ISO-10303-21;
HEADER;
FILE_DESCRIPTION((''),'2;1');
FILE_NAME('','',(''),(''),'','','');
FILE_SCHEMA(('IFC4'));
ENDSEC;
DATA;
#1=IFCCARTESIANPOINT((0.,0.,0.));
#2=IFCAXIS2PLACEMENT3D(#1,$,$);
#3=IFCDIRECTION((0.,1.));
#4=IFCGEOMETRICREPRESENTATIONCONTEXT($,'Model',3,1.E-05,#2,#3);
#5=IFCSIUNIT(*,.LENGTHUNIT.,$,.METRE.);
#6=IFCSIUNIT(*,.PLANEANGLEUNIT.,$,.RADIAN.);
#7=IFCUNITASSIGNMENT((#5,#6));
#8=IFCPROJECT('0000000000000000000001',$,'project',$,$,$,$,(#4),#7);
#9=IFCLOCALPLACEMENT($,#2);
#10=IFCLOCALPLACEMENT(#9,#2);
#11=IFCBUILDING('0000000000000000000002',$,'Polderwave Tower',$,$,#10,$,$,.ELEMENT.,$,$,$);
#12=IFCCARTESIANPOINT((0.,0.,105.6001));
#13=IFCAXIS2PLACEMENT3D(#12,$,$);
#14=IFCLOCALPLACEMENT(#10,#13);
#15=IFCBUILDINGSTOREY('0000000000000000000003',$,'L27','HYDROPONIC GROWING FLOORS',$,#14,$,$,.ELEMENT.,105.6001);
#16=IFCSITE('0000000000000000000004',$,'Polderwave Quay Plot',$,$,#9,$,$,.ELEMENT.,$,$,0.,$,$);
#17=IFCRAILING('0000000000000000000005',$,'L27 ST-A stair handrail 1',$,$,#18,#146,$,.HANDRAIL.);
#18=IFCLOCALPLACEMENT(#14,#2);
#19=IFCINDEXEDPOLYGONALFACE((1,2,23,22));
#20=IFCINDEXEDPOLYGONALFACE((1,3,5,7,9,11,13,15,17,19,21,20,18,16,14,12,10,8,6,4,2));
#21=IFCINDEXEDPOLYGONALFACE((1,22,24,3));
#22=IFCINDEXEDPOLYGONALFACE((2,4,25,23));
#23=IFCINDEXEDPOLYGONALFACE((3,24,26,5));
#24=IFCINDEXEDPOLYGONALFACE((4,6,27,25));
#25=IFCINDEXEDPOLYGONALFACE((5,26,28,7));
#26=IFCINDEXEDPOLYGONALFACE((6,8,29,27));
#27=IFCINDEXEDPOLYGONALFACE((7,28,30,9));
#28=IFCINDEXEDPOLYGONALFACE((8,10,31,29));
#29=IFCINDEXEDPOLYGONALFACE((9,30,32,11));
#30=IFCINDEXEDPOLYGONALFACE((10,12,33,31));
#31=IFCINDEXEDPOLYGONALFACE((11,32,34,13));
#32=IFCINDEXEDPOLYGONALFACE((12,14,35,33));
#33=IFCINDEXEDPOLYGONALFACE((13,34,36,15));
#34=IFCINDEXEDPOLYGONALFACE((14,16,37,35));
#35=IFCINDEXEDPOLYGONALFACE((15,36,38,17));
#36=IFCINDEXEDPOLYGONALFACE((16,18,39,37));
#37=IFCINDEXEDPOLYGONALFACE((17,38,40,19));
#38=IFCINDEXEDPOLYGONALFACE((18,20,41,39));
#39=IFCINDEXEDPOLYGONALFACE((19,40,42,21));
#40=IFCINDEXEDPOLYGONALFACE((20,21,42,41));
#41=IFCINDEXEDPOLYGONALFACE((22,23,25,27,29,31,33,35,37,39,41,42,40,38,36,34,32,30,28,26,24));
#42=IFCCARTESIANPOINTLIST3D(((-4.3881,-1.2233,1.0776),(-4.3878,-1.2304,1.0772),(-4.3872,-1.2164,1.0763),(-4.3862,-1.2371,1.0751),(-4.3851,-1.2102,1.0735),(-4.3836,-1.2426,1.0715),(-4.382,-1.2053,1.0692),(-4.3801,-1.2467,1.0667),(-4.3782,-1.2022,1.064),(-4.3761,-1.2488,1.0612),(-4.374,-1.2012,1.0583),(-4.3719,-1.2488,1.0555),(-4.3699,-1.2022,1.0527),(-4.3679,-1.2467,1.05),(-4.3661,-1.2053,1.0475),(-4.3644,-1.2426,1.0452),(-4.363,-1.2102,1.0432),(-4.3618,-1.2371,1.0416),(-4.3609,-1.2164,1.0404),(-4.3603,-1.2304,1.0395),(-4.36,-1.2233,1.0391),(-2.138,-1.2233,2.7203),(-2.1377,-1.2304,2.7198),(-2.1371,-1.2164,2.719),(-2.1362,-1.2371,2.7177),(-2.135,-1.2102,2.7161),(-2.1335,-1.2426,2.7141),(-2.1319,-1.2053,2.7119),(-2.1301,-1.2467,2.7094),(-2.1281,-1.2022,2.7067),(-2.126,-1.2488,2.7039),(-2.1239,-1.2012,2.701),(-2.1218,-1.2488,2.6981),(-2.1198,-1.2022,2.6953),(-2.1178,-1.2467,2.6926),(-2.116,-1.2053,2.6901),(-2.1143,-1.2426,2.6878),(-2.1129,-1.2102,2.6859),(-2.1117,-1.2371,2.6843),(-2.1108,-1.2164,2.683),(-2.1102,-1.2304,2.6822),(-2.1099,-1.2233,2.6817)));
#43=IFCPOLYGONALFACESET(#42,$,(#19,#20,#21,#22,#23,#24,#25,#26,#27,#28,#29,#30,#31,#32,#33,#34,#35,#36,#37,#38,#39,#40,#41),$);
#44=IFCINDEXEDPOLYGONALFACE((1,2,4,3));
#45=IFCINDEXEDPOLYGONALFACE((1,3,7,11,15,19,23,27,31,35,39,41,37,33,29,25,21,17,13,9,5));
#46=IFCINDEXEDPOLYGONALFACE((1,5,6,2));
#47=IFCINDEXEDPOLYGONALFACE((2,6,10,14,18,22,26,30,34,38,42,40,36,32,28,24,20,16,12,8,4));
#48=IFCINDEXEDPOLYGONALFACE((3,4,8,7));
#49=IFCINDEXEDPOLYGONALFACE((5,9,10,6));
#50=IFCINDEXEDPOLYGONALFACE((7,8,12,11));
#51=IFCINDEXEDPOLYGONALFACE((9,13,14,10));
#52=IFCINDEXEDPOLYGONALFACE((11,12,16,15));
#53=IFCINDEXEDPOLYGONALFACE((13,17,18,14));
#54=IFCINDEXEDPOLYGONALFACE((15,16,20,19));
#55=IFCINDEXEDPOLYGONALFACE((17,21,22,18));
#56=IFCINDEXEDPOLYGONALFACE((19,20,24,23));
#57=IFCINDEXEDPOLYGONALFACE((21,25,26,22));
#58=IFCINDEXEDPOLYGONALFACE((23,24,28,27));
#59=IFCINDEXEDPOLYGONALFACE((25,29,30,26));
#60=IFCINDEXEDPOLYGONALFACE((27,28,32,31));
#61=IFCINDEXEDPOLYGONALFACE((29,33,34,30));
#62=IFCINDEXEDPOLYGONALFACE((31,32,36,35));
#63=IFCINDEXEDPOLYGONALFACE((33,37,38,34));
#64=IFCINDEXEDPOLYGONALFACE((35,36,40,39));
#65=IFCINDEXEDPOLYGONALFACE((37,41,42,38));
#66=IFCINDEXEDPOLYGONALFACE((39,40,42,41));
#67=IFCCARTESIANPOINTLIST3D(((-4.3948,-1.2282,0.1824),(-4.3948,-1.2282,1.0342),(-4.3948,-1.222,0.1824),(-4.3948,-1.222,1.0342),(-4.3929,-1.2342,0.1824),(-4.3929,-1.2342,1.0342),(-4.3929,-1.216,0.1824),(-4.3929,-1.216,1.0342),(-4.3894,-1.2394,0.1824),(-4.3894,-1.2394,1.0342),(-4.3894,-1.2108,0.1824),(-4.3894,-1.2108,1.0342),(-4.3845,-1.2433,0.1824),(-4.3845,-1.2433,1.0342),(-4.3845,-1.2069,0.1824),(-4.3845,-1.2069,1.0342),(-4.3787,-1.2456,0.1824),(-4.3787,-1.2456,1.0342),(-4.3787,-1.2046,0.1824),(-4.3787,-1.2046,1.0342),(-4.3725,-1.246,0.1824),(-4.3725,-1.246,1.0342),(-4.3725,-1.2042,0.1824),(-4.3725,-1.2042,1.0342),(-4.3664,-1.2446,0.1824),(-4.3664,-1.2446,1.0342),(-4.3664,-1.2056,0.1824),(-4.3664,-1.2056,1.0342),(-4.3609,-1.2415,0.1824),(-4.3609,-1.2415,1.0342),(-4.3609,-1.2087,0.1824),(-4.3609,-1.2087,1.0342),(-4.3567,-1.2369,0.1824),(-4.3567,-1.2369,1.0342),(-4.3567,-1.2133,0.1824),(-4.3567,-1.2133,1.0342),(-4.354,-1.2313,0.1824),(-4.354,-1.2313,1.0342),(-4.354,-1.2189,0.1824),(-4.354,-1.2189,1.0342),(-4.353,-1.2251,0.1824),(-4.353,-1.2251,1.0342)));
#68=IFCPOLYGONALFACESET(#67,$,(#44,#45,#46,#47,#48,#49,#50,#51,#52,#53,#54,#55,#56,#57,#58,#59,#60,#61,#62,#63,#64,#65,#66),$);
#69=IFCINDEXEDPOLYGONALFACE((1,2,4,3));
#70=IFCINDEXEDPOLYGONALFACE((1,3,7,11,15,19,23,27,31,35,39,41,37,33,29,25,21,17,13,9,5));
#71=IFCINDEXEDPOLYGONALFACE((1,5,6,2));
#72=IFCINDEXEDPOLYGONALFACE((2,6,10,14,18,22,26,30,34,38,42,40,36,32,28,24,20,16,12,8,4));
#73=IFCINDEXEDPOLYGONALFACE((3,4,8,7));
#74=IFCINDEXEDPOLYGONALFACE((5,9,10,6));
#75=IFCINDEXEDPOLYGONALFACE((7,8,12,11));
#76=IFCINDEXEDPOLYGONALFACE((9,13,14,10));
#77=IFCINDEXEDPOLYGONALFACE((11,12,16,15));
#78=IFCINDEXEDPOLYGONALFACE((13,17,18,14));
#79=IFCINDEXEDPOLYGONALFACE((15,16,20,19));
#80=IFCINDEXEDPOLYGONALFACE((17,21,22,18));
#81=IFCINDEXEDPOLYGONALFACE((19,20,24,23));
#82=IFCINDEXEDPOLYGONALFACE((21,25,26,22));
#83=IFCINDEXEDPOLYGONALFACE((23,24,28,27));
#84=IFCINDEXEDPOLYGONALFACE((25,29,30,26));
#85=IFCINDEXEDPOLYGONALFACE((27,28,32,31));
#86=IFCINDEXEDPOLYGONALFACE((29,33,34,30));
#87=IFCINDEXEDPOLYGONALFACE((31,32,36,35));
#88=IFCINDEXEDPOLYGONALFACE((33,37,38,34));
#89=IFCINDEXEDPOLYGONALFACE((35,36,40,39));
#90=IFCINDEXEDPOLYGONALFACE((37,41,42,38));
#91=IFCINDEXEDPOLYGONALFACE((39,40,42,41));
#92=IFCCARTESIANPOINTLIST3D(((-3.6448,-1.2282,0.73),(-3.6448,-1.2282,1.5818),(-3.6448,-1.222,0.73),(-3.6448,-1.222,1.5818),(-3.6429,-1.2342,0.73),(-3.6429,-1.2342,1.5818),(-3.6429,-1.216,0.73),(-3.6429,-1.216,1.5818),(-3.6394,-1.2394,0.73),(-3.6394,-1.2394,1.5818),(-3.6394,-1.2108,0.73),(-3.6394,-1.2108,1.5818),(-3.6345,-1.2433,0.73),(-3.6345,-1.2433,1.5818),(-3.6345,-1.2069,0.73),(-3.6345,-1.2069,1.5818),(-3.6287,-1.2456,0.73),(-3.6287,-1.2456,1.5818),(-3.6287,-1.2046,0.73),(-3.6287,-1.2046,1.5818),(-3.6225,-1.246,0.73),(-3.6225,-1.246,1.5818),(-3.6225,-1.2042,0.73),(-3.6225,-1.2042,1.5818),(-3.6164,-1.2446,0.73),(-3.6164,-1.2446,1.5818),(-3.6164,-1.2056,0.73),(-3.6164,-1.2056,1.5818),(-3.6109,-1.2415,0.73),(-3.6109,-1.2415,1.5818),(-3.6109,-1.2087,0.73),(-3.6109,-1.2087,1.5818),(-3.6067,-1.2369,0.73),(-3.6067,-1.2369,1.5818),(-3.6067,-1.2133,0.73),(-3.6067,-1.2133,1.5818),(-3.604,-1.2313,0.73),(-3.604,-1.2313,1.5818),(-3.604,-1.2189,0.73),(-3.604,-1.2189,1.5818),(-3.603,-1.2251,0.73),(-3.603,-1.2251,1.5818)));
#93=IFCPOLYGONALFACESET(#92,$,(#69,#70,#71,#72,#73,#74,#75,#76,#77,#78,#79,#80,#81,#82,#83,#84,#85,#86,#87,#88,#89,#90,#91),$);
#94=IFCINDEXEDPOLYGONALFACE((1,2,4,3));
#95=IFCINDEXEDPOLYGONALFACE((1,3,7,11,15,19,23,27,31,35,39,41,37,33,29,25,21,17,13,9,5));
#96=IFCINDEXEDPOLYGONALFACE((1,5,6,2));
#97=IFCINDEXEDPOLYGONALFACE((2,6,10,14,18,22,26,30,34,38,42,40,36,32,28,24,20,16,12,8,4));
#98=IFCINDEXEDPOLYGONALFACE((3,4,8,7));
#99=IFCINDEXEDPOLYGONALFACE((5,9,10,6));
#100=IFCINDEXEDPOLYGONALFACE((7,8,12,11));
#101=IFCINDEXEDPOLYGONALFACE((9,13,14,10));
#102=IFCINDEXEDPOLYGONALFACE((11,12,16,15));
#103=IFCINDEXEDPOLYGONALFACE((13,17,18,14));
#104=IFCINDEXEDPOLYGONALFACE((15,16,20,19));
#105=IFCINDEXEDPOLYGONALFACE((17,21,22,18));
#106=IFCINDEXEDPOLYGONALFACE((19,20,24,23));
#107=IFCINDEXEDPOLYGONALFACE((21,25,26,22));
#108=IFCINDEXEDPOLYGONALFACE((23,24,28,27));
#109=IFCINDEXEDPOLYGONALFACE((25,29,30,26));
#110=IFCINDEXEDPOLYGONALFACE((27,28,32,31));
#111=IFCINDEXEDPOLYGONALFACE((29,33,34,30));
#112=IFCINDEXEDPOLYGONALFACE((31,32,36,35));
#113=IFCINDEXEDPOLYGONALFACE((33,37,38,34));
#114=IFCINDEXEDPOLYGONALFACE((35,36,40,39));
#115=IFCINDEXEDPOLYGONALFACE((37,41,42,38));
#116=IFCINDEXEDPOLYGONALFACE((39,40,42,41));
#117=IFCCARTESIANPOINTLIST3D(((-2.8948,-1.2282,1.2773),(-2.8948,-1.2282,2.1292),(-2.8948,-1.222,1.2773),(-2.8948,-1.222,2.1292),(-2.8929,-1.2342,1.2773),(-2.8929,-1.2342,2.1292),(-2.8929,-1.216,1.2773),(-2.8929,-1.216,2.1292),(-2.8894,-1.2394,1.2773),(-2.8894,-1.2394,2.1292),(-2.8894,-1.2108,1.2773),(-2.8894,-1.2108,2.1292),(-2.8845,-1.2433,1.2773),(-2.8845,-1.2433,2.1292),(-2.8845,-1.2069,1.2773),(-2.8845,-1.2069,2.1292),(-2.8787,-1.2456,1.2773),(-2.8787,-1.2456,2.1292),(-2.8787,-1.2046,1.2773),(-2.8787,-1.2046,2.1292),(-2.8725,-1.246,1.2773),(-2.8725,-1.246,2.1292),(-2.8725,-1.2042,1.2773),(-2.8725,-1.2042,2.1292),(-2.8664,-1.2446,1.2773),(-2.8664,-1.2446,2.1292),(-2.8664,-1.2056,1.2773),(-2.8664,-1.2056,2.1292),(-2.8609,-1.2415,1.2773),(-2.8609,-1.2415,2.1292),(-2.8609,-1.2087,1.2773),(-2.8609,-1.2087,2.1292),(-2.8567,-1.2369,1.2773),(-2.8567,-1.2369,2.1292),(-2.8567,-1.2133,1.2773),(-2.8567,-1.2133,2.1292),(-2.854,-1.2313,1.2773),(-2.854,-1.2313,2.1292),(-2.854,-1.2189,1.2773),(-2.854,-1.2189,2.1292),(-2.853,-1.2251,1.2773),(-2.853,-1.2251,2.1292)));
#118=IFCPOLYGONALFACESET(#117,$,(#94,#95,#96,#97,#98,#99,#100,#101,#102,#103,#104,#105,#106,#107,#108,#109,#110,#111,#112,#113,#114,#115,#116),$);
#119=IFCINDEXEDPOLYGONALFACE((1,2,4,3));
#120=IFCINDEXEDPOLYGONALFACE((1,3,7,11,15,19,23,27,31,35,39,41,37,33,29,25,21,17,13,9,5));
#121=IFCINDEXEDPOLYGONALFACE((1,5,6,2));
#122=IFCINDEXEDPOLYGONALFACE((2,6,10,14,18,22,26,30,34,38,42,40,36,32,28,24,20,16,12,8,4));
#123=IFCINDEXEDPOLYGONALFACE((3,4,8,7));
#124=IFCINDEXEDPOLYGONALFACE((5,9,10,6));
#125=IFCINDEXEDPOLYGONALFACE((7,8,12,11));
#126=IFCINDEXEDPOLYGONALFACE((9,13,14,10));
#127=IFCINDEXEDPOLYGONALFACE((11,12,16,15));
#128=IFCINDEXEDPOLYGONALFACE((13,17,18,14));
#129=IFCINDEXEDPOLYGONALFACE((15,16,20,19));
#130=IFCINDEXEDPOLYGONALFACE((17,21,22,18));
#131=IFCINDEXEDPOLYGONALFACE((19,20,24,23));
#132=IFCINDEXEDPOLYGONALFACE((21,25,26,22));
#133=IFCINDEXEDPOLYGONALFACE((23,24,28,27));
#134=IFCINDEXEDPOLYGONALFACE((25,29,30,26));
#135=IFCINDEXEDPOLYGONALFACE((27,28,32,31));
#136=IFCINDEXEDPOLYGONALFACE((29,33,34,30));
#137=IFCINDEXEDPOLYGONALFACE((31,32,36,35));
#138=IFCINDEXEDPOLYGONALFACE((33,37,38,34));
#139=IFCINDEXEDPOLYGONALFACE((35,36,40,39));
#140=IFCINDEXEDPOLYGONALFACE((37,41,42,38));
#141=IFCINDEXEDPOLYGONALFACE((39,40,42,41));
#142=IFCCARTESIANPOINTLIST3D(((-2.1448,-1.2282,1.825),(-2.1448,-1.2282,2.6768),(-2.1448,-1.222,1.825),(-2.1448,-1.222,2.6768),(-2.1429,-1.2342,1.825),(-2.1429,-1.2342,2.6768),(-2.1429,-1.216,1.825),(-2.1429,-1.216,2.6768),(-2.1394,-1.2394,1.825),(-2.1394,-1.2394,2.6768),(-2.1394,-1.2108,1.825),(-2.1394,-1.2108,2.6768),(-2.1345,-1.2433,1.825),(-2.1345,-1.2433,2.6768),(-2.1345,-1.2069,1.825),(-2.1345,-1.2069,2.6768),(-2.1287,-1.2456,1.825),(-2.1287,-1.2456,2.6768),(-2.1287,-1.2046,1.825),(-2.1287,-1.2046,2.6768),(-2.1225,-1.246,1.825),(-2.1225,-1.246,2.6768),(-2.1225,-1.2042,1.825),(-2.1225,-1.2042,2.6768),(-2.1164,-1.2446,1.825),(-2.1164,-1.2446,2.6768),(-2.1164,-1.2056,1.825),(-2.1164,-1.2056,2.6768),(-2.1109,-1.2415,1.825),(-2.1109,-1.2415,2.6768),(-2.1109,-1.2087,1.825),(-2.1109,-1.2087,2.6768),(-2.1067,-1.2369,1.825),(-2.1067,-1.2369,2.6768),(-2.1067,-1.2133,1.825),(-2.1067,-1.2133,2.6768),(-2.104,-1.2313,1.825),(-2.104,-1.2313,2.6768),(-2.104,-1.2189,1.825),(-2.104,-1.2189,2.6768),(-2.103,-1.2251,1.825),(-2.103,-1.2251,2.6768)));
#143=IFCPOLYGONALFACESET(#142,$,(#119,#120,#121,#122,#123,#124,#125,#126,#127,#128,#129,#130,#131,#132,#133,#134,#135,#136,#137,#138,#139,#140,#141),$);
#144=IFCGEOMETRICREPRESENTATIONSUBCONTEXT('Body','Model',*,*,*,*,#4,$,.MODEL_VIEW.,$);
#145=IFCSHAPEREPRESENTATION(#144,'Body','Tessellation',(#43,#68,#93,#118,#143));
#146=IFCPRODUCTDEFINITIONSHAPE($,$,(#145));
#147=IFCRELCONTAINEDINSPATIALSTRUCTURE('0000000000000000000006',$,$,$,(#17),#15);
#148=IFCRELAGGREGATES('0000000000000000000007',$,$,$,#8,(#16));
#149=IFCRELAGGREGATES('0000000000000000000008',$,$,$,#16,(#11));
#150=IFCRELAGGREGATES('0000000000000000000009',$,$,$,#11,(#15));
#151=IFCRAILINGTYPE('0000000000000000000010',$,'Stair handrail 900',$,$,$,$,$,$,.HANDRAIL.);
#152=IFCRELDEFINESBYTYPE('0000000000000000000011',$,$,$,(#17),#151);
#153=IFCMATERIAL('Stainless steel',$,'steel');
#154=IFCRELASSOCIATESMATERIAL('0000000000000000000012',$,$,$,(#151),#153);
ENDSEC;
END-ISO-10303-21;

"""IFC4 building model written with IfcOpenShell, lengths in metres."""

from ifc_helpers import new_model, si_unit, direction, frame, origin, origin_2d, place, context, subcontext, project, spatial, circle, extrude, material, type_object, element, save


model = new_model("IFC4")

# Units and contexts
model_context = context("Model", 3, precision=1e-05, world=origin(), true_north=direction((0.0, 1.0)))
body_context = subcontext(model_context, "Body", "Model", "MODEL_VIEW")
ifc_project = project(units=[si_unit("LENGTHUNIT", "METRE"), si_unit("PLANEANGLEUNIT", "RADIAN")], contexts=[model_context])

# Site, building, storey
site_placement = place(None, origin())
site = spatial("IfcSite", under=ifc_project, at=site_placement, Name="Polderwave Quay Plot", CompositionType="ELEMENT", RefElevation=0.0)
building_placement = place(site_placement, origin())
building = spatial("IfcBuilding", under=site, at=building_placement, Name="Polderwave Tower", CompositionType="ELEMENT")
storey_placement = place(building_placement, frame((0.0, 0.0, 105.6001)))
storey = spatial("IfcBuildingStorey", under=building, at=storey_placement, Name="L27", Description="HYDROPONIC GROWING FLOORS", CompositionType="ELEMENT", Elevation=105.6001)

# Railing
ifc_material_1 = material(Name="Stainless steel", Category="steel")
railing_type_1 = type_object("IfcRailingType", Name="Stair handrail 900", PredefinedType="HANDRAIL", material=ifc_material_1)
railing_1_placement = place(storey_placement, frame((-4.374, -1.2251, 0.1824)))
element("IfcRailing", 1, at=railing_1_placement, inside=storey, type_object=railing_type_1, Name="L27 ST-A stair handrail 1", PredefinedType="HANDRAIL", context=body_context, shape_type="SweptSolid", body=[
    extrude(circle(Radius=0.0239, at=origin_2d()), frame((0.0, 0.0, 0.876), z_axis=(0.807674, 0.0, 0.58963), x_axis=(0.0, 1.0, 0.0)), (0.0, 0.0, 1.0), 2.7859),
    extrude(circle(Radius=0.021, at=origin_2d()), origin(), (0.0, 0.0, 1.0), 0.8518),
    extrude(circle(Radius=0.021, at=origin_2d()), frame((0.75, 0.0, 0.5476)), (0.0, 0.0, 1.0), 0.8518),
    extrude(circle(Radius=0.021, at=origin_2d()), frame((1.5, 0.0, 1.095)), (0.0, 0.0, 1.0), 0.8518),
    extrude(circle(Radius=0.021, at=origin_2d()), frame((2.25, 0.0, 1.6426)), (0.0, 0.0, 1.0), 0.8518),
])

save(model, "model.ifc")
